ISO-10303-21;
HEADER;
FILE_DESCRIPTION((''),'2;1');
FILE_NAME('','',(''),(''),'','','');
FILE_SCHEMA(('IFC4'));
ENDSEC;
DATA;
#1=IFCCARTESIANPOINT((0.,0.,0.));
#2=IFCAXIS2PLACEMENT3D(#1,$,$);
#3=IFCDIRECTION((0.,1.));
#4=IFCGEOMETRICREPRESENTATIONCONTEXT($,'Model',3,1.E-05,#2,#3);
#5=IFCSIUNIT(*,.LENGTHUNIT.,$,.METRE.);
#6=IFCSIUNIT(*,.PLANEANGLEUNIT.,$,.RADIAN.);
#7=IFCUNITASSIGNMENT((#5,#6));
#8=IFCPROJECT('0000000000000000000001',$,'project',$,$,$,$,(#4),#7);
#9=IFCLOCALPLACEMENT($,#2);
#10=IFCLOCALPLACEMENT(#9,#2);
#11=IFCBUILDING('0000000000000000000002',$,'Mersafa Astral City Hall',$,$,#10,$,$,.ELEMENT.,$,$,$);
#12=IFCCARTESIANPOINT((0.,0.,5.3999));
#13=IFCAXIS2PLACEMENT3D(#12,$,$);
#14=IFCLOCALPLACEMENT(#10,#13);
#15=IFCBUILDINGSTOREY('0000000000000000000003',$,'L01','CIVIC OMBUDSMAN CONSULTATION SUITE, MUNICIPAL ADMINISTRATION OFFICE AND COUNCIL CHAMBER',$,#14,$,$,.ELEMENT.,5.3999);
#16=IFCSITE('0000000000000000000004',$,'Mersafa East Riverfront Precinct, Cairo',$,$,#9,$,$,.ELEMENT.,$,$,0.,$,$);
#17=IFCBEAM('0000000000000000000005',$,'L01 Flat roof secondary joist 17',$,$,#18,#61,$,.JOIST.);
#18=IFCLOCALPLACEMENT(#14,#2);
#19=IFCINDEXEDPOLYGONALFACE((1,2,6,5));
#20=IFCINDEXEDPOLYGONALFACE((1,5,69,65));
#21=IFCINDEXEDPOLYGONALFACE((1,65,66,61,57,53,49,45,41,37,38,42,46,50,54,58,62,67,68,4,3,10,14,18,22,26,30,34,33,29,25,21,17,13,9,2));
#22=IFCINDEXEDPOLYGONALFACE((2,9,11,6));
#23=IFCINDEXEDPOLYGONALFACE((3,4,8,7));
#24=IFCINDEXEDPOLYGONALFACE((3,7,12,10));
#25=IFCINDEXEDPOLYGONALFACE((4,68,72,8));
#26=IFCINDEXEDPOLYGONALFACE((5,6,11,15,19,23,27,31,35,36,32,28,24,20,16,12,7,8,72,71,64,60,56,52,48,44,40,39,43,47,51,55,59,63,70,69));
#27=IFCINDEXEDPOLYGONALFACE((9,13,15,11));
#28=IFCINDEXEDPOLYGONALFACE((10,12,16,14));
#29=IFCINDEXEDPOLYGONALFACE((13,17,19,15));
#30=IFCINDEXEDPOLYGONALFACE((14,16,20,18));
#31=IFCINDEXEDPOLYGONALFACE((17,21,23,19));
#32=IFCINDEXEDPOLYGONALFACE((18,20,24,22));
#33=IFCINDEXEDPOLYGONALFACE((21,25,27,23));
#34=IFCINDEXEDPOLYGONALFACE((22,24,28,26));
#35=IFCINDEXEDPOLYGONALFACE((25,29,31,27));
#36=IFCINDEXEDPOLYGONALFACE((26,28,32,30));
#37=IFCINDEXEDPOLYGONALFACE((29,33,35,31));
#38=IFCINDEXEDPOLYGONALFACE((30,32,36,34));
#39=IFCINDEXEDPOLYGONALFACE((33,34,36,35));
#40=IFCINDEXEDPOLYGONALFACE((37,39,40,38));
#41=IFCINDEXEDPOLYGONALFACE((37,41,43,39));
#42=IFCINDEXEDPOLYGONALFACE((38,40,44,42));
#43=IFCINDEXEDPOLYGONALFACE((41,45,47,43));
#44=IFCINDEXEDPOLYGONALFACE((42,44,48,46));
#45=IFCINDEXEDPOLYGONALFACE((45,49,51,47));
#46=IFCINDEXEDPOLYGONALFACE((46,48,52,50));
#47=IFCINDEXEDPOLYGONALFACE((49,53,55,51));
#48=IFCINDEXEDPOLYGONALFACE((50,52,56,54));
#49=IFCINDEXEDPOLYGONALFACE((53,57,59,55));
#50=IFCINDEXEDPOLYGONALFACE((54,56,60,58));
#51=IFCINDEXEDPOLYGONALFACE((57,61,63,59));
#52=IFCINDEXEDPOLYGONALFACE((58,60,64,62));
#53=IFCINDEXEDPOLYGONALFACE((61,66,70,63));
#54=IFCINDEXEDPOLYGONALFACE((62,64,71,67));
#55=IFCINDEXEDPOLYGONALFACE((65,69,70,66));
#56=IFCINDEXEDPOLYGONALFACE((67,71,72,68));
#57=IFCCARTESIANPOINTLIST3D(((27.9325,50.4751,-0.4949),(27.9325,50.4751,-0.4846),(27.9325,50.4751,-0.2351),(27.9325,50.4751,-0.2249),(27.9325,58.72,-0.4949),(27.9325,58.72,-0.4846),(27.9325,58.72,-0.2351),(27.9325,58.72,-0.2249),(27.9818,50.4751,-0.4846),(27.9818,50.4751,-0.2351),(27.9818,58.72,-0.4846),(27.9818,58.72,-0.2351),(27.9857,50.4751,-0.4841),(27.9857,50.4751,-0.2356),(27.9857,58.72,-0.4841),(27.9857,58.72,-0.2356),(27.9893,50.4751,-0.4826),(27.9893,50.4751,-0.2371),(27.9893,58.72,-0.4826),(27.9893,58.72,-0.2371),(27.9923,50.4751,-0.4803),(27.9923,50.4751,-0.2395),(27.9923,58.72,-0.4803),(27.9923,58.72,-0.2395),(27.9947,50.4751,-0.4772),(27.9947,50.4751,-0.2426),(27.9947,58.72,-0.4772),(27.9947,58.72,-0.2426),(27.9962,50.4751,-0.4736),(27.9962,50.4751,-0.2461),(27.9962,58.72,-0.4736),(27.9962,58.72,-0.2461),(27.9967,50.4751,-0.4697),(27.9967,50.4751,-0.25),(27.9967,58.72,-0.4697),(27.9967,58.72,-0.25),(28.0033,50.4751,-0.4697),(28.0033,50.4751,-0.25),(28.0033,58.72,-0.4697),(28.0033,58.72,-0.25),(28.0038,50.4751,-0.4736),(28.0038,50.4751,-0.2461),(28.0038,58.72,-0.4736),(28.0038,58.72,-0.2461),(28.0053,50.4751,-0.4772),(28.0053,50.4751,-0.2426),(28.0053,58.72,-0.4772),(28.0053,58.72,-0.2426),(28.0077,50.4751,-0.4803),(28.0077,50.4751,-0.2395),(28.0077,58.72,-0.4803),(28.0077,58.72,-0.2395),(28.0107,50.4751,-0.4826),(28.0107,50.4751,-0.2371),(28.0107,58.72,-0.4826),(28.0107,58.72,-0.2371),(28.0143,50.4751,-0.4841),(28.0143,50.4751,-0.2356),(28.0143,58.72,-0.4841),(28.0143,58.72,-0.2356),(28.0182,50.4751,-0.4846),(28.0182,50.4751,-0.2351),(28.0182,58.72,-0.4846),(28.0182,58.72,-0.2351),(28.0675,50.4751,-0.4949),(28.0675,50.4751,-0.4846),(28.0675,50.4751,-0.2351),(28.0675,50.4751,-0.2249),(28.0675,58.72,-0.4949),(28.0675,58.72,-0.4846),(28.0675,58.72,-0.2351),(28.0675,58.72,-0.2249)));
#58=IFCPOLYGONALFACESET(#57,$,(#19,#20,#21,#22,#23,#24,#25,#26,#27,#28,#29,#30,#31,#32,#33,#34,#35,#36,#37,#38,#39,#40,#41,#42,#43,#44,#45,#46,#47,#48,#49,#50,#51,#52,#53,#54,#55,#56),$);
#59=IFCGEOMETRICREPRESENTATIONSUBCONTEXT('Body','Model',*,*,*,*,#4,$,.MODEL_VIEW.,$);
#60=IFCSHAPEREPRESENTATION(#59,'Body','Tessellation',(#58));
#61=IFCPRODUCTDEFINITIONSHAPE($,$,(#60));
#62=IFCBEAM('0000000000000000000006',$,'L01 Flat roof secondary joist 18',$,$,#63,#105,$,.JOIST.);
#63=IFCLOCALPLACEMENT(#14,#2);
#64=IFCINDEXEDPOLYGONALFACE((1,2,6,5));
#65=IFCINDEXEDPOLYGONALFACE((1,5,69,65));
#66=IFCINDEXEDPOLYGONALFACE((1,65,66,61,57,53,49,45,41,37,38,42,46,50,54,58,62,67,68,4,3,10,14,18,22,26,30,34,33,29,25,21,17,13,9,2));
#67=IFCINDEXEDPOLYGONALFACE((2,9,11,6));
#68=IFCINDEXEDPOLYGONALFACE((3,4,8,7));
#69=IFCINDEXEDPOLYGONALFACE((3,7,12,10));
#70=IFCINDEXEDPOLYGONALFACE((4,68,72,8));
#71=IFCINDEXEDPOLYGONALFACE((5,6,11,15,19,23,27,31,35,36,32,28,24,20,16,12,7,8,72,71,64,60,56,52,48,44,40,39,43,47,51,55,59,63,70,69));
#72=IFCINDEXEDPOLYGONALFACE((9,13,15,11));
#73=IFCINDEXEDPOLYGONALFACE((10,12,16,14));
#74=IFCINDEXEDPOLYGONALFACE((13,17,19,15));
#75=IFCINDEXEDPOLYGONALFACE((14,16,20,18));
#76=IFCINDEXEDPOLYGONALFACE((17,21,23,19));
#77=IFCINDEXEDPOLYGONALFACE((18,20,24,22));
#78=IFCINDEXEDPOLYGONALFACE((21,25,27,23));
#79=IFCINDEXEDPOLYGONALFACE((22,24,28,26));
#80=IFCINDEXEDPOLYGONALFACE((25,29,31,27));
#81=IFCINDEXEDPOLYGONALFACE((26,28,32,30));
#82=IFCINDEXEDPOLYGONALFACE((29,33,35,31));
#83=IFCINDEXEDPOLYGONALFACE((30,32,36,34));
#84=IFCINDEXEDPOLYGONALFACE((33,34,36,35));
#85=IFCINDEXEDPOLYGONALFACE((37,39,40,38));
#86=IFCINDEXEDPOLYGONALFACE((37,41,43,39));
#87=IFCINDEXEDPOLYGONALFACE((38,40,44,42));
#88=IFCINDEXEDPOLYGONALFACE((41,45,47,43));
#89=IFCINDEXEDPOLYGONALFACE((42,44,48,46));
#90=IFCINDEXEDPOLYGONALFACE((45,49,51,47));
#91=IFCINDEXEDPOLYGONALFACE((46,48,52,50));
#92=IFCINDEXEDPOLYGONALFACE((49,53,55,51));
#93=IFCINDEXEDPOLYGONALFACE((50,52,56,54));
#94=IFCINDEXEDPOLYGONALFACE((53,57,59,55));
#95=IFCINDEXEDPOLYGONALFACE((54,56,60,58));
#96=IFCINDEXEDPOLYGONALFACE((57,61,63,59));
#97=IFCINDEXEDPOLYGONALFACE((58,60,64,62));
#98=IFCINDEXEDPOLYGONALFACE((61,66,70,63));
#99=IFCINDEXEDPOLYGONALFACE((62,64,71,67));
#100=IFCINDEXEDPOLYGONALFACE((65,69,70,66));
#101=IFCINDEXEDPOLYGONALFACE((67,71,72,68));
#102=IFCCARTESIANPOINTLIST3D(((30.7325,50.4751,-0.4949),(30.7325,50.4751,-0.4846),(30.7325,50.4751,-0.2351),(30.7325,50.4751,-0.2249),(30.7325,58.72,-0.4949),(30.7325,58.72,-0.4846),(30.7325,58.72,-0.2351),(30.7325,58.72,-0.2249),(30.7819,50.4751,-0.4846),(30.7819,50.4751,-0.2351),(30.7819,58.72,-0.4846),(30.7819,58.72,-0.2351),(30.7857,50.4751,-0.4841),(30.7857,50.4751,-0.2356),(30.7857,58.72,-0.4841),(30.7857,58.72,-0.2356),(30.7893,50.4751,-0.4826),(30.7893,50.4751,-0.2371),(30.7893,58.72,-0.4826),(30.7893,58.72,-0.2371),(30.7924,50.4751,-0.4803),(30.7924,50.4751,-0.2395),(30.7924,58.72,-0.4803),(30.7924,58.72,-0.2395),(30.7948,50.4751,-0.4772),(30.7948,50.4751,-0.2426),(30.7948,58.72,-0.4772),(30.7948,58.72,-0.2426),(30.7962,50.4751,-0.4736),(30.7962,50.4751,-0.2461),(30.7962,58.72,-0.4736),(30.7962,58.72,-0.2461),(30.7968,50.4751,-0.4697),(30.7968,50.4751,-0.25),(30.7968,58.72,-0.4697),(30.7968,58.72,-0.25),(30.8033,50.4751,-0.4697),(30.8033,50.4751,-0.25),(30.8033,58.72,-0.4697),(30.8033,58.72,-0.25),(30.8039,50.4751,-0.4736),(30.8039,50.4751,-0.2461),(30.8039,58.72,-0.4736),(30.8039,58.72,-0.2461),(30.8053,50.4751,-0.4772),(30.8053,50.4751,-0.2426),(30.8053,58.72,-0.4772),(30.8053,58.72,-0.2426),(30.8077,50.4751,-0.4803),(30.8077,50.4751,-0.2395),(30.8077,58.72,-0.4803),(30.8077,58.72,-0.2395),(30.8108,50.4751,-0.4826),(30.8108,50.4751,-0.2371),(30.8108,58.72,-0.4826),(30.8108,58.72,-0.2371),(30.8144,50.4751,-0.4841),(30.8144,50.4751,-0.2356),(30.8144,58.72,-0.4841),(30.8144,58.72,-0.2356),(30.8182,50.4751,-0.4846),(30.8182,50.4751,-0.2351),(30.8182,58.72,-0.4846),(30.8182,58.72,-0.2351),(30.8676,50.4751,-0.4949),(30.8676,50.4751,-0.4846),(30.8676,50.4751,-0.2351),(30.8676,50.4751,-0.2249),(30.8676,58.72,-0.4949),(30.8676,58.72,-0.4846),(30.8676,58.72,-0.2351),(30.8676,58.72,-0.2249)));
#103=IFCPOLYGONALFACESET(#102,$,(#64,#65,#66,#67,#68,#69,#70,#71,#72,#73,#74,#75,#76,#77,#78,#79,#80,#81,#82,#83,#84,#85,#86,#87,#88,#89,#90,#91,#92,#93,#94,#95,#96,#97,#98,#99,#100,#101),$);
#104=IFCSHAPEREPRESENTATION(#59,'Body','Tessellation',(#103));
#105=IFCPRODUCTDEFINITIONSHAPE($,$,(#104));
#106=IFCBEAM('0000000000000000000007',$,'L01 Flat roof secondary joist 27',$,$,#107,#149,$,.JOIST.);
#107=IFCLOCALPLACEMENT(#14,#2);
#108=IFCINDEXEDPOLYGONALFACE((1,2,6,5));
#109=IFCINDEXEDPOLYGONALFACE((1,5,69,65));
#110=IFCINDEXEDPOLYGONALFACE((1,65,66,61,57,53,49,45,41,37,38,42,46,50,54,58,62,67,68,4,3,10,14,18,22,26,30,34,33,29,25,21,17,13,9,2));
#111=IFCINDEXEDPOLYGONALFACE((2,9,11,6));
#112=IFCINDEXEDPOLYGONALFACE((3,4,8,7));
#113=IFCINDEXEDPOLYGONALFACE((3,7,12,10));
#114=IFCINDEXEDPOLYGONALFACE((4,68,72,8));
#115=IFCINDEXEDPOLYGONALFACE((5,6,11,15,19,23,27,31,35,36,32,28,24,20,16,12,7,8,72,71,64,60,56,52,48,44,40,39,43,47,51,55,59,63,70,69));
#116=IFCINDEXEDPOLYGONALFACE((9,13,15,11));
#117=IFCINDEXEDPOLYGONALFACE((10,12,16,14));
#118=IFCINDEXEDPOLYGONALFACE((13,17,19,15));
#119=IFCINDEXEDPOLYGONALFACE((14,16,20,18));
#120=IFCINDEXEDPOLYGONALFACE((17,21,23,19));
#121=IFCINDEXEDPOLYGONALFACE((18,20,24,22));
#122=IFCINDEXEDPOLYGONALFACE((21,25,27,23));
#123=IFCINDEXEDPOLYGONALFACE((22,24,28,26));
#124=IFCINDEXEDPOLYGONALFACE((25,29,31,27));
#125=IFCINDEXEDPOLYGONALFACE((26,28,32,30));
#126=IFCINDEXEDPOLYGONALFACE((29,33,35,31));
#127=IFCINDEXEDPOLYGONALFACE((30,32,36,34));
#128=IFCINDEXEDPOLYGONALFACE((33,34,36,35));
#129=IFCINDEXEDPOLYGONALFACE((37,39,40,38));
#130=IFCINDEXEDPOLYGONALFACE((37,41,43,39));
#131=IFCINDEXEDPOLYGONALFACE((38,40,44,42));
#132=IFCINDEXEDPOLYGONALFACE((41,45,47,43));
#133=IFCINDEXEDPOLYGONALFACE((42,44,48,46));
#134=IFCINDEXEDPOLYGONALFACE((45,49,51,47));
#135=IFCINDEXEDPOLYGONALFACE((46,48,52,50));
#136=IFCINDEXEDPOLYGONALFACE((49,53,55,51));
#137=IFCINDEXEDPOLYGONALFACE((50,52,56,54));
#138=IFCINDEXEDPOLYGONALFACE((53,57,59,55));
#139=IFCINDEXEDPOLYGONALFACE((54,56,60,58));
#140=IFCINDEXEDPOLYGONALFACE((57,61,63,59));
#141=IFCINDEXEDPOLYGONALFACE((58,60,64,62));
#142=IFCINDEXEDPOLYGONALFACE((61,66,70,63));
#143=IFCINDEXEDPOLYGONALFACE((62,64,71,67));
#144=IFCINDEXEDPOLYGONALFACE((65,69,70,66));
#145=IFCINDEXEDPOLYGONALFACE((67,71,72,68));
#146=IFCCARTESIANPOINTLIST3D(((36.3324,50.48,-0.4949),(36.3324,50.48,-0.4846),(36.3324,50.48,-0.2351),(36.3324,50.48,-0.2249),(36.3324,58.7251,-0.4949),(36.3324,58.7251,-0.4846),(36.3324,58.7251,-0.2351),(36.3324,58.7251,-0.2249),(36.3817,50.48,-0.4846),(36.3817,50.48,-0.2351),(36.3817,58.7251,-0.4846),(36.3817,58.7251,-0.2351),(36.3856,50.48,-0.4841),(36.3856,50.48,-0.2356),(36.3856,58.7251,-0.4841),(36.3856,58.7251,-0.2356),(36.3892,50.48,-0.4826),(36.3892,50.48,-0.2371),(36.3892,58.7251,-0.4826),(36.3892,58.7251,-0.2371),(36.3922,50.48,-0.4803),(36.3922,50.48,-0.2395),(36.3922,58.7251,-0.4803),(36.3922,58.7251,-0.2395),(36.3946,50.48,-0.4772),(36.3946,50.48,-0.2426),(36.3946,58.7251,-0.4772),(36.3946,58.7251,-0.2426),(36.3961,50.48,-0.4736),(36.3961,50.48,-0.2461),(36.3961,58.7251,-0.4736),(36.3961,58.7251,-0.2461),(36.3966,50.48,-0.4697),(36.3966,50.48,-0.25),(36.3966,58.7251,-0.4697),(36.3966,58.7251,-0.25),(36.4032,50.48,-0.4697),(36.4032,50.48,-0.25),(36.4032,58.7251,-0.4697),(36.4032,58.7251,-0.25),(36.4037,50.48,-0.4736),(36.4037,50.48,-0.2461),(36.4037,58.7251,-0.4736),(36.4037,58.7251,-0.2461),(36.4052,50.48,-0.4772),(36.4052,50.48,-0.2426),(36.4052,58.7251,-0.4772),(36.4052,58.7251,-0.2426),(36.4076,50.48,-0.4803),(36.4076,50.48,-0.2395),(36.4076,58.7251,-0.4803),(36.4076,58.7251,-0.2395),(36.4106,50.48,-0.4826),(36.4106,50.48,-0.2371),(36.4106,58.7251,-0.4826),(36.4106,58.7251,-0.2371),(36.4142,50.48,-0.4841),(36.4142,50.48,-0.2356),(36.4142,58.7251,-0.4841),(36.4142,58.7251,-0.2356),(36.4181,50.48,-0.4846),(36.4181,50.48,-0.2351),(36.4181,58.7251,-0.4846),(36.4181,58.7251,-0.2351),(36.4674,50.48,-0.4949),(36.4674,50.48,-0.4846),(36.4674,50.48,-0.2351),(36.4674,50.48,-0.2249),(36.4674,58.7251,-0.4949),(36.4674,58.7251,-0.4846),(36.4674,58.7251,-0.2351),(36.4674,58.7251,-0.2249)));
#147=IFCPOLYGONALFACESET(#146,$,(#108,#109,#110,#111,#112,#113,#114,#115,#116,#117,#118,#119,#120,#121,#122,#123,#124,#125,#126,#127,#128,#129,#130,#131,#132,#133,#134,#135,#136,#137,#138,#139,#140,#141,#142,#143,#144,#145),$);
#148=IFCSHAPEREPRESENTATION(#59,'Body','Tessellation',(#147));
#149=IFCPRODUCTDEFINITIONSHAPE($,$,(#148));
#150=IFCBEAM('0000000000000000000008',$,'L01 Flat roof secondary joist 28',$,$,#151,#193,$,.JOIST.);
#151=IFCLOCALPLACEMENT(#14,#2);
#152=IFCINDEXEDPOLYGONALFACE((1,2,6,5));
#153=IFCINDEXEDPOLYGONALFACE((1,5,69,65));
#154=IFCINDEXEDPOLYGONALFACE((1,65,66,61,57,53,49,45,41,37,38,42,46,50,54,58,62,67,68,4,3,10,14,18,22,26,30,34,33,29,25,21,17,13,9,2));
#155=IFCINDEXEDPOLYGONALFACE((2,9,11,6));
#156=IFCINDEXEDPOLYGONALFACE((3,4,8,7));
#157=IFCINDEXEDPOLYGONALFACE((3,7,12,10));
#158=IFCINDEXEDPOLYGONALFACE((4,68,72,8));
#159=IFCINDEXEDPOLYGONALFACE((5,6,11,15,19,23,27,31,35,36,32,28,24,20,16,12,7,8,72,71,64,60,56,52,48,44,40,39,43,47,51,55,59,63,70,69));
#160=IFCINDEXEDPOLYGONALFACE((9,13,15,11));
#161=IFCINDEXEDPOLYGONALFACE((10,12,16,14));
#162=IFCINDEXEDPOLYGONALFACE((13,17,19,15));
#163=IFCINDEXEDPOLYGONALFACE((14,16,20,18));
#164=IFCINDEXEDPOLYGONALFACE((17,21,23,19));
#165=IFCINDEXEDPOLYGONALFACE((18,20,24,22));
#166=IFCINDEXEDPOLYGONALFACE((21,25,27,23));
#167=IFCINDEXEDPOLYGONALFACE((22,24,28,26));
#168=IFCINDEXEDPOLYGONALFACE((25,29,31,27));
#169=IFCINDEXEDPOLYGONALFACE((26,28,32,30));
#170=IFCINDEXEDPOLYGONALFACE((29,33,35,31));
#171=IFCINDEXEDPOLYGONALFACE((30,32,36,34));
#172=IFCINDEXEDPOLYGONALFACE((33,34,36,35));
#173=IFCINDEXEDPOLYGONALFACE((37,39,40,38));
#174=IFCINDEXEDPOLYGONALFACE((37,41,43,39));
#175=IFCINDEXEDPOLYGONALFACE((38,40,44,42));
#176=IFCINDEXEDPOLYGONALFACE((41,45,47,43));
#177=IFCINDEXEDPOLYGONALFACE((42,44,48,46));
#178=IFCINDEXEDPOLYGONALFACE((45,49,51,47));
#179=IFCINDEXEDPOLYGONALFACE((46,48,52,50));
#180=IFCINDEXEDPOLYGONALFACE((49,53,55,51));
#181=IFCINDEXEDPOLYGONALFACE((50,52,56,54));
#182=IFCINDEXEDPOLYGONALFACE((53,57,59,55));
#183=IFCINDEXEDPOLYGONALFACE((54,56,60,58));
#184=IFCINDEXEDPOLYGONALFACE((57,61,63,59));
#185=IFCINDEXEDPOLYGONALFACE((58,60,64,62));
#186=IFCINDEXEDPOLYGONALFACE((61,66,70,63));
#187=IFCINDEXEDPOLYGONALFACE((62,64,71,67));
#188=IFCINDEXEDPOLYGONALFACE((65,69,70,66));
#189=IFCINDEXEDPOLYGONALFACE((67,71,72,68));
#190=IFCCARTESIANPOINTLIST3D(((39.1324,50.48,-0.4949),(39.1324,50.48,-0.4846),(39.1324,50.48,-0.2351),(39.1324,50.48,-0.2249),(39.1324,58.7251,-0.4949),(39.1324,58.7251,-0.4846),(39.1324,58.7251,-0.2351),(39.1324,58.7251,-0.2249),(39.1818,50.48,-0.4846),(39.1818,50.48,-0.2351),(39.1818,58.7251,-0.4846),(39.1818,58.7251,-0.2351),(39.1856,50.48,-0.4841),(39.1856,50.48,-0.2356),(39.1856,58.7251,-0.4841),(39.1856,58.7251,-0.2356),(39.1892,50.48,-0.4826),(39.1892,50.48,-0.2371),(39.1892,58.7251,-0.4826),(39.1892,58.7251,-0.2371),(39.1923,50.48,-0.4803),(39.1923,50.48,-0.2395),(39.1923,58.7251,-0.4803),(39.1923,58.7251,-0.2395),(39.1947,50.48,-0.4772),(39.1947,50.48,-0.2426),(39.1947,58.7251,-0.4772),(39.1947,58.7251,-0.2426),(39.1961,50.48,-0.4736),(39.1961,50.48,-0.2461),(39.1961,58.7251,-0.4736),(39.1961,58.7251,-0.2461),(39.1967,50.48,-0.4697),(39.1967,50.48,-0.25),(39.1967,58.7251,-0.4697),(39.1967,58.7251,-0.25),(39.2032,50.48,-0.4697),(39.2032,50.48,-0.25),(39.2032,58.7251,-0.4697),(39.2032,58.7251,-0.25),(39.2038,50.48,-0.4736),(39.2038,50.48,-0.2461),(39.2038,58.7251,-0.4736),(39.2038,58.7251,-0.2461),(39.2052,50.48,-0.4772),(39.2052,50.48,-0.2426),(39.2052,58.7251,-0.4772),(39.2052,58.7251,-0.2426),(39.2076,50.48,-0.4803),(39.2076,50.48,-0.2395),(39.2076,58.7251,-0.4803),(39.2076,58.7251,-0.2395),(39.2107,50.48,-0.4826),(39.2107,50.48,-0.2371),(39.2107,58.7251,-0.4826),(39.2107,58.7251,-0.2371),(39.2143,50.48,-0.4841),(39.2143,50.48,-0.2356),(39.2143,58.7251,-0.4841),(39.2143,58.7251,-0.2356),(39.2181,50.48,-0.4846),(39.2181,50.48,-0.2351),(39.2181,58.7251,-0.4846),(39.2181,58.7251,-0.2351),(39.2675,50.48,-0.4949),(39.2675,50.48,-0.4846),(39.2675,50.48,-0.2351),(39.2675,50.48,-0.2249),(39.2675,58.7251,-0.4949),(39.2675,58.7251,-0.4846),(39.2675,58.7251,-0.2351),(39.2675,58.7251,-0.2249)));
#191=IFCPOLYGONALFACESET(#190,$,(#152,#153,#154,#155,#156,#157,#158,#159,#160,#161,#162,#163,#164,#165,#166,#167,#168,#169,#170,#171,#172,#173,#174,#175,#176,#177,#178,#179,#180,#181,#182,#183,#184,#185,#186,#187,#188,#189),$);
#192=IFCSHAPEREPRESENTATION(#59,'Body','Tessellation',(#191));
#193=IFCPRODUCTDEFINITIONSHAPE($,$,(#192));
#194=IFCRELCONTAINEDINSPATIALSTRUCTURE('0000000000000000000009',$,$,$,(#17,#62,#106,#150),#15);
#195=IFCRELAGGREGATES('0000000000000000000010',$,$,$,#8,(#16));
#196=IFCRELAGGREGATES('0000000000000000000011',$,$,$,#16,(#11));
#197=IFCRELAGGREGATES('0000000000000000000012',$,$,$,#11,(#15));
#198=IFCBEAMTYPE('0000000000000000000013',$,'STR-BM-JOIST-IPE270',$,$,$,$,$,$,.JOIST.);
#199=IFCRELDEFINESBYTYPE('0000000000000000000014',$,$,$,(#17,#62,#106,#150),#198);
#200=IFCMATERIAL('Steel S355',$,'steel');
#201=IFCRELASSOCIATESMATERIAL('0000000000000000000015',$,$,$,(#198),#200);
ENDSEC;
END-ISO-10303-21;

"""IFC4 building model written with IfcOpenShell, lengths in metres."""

from ifc_helpers import new_model, si_unit, direction, frame, origin, origin_2d, place, context, subcontext, project, spatial, i_section, extrude, material, material_profile, profile_set, type_object, element, save


model = new_model("IFC4")

# Units and contexts
model_context = context("Model", 3, precision=1e-05, world=origin(), true_north=direction((0.0, 1.0)))
body_context = subcontext(model_context, "Body", "Model", "MODEL_VIEW")
ifc_project = project(units=[si_unit("LENGTHUNIT", "METRE"), si_unit("PLANEANGLEUNIT", "RADIAN")], contexts=[model_context])

# Site, building, storey
site_placement = place(None, origin())
site = spatial("IfcSite", under=ifc_project, at=site_placement, Name="Mersafa East Riverfront Precinct, Cairo", CompositionType="ELEMENT", RefElevation=0.0)
building_placement = place(site_placement, origin())
building = spatial("IfcBuilding", under=site, at=building_placement, Name="Mersafa Astral City Hall", CompositionType="ELEMENT")
storey_placement = place(building_placement, frame((0.0, 0.0, 5.3999)))
storey = spatial("IfcBuildingStorey", under=building, at=storey_placement, Name="L01", Description="CIVIC OMBUDSMAN CONSULTATION SUITE, MUNICIPAL ADMINISTRATION OFFICE AND COUNCIL CHAMBER", CompositionType="ELEMENT", Elevation=5.3999)

# Shared definitions
ifc_material_1 = material(Name="Steel S355", Category="steel")

# Beams
ifc_material_profile_1 = material_profile(ifc_material_1, i_section(OverallWidth=0.135, OverallDepth=0.27, WebThickness=0.0066, FlangeThickness=0.0103, FilletRadius=0.0149, at=origin_2d()), Name="IPE 270")
ifc_profile_set_1 = profile_set([ifc_material_profile_1], Name="Steel S355")
beam_type_1 = type_object("IfcBeamType", Name="STR-BM-JOIST-IPE270", PredefinedType="JOIST", material=ifc_profile_set_1)
for number, where, z_axis, x_axis, name in (
    (1, (28.0, 50.4751, -0.3599), (0.0, 1.0, 0.0), (-1.0, 0.0, 0.0), "L01 Flat roof secondary joist 17"),
    (2, (30.8, 50.4751, -0.3599), (0.0, 1.0, 0.0), (-1.0, 0.0, 0.0), "L01 Flat roof secondary joist 18"),
):
    element("IfcBeam", number, at=place(storey_placement, frame(where, z_axis=z_axis, x_axis=x_axis)), inside=storey, type_object=beam_type_1, Name=name, PredefinedType="JOIST", context=body_context, shape_type="SweptSolid", body=[
        extrude(i_section(OverallWidth=0.135, OverallDepth=0.27, WebThickness=0.0066, FlangeThickness=0.0103, FilletRadius=0.0149, at=origin_2d()), origin(), (0.0, 0.0, 1.0), 8.2449),
    ])
for number, where, z_axis, x_axis, name in (
    (3, (36.3999, 50.48, -0.3599), (0.0, 1.0, 0.0), (-1.0, 0.0, 0.0), "L01 Flat roof secondary joist 27"),
    (4, (39.2, 50.48, -0.3599), (0.0, 1.0, 0.0), (-1.0, 0.0, 0.0), "L01 Flat roof secondary joist 28"),
):
    element("IfcBeam", number, at=place(storey_placement, frame(where, z_axis=z_axis, x_axis=x_axis)), inside=storey, type_object=beam_type_1, Name=name, PredefinedType="JOIST", context=body_context, shape_type="SweptSolid", body=[
        extrude(i_section(OverallWidth=0.135, OverallDepth=0.27, WebThickness=0.0066, FlangeThickness=0.0103, FilletRadius=0.0149, at=origin_2d()), origin(), (0.0, 0.0, 1.0), 8.2451),
    ])

save(model, "model.ifc")
